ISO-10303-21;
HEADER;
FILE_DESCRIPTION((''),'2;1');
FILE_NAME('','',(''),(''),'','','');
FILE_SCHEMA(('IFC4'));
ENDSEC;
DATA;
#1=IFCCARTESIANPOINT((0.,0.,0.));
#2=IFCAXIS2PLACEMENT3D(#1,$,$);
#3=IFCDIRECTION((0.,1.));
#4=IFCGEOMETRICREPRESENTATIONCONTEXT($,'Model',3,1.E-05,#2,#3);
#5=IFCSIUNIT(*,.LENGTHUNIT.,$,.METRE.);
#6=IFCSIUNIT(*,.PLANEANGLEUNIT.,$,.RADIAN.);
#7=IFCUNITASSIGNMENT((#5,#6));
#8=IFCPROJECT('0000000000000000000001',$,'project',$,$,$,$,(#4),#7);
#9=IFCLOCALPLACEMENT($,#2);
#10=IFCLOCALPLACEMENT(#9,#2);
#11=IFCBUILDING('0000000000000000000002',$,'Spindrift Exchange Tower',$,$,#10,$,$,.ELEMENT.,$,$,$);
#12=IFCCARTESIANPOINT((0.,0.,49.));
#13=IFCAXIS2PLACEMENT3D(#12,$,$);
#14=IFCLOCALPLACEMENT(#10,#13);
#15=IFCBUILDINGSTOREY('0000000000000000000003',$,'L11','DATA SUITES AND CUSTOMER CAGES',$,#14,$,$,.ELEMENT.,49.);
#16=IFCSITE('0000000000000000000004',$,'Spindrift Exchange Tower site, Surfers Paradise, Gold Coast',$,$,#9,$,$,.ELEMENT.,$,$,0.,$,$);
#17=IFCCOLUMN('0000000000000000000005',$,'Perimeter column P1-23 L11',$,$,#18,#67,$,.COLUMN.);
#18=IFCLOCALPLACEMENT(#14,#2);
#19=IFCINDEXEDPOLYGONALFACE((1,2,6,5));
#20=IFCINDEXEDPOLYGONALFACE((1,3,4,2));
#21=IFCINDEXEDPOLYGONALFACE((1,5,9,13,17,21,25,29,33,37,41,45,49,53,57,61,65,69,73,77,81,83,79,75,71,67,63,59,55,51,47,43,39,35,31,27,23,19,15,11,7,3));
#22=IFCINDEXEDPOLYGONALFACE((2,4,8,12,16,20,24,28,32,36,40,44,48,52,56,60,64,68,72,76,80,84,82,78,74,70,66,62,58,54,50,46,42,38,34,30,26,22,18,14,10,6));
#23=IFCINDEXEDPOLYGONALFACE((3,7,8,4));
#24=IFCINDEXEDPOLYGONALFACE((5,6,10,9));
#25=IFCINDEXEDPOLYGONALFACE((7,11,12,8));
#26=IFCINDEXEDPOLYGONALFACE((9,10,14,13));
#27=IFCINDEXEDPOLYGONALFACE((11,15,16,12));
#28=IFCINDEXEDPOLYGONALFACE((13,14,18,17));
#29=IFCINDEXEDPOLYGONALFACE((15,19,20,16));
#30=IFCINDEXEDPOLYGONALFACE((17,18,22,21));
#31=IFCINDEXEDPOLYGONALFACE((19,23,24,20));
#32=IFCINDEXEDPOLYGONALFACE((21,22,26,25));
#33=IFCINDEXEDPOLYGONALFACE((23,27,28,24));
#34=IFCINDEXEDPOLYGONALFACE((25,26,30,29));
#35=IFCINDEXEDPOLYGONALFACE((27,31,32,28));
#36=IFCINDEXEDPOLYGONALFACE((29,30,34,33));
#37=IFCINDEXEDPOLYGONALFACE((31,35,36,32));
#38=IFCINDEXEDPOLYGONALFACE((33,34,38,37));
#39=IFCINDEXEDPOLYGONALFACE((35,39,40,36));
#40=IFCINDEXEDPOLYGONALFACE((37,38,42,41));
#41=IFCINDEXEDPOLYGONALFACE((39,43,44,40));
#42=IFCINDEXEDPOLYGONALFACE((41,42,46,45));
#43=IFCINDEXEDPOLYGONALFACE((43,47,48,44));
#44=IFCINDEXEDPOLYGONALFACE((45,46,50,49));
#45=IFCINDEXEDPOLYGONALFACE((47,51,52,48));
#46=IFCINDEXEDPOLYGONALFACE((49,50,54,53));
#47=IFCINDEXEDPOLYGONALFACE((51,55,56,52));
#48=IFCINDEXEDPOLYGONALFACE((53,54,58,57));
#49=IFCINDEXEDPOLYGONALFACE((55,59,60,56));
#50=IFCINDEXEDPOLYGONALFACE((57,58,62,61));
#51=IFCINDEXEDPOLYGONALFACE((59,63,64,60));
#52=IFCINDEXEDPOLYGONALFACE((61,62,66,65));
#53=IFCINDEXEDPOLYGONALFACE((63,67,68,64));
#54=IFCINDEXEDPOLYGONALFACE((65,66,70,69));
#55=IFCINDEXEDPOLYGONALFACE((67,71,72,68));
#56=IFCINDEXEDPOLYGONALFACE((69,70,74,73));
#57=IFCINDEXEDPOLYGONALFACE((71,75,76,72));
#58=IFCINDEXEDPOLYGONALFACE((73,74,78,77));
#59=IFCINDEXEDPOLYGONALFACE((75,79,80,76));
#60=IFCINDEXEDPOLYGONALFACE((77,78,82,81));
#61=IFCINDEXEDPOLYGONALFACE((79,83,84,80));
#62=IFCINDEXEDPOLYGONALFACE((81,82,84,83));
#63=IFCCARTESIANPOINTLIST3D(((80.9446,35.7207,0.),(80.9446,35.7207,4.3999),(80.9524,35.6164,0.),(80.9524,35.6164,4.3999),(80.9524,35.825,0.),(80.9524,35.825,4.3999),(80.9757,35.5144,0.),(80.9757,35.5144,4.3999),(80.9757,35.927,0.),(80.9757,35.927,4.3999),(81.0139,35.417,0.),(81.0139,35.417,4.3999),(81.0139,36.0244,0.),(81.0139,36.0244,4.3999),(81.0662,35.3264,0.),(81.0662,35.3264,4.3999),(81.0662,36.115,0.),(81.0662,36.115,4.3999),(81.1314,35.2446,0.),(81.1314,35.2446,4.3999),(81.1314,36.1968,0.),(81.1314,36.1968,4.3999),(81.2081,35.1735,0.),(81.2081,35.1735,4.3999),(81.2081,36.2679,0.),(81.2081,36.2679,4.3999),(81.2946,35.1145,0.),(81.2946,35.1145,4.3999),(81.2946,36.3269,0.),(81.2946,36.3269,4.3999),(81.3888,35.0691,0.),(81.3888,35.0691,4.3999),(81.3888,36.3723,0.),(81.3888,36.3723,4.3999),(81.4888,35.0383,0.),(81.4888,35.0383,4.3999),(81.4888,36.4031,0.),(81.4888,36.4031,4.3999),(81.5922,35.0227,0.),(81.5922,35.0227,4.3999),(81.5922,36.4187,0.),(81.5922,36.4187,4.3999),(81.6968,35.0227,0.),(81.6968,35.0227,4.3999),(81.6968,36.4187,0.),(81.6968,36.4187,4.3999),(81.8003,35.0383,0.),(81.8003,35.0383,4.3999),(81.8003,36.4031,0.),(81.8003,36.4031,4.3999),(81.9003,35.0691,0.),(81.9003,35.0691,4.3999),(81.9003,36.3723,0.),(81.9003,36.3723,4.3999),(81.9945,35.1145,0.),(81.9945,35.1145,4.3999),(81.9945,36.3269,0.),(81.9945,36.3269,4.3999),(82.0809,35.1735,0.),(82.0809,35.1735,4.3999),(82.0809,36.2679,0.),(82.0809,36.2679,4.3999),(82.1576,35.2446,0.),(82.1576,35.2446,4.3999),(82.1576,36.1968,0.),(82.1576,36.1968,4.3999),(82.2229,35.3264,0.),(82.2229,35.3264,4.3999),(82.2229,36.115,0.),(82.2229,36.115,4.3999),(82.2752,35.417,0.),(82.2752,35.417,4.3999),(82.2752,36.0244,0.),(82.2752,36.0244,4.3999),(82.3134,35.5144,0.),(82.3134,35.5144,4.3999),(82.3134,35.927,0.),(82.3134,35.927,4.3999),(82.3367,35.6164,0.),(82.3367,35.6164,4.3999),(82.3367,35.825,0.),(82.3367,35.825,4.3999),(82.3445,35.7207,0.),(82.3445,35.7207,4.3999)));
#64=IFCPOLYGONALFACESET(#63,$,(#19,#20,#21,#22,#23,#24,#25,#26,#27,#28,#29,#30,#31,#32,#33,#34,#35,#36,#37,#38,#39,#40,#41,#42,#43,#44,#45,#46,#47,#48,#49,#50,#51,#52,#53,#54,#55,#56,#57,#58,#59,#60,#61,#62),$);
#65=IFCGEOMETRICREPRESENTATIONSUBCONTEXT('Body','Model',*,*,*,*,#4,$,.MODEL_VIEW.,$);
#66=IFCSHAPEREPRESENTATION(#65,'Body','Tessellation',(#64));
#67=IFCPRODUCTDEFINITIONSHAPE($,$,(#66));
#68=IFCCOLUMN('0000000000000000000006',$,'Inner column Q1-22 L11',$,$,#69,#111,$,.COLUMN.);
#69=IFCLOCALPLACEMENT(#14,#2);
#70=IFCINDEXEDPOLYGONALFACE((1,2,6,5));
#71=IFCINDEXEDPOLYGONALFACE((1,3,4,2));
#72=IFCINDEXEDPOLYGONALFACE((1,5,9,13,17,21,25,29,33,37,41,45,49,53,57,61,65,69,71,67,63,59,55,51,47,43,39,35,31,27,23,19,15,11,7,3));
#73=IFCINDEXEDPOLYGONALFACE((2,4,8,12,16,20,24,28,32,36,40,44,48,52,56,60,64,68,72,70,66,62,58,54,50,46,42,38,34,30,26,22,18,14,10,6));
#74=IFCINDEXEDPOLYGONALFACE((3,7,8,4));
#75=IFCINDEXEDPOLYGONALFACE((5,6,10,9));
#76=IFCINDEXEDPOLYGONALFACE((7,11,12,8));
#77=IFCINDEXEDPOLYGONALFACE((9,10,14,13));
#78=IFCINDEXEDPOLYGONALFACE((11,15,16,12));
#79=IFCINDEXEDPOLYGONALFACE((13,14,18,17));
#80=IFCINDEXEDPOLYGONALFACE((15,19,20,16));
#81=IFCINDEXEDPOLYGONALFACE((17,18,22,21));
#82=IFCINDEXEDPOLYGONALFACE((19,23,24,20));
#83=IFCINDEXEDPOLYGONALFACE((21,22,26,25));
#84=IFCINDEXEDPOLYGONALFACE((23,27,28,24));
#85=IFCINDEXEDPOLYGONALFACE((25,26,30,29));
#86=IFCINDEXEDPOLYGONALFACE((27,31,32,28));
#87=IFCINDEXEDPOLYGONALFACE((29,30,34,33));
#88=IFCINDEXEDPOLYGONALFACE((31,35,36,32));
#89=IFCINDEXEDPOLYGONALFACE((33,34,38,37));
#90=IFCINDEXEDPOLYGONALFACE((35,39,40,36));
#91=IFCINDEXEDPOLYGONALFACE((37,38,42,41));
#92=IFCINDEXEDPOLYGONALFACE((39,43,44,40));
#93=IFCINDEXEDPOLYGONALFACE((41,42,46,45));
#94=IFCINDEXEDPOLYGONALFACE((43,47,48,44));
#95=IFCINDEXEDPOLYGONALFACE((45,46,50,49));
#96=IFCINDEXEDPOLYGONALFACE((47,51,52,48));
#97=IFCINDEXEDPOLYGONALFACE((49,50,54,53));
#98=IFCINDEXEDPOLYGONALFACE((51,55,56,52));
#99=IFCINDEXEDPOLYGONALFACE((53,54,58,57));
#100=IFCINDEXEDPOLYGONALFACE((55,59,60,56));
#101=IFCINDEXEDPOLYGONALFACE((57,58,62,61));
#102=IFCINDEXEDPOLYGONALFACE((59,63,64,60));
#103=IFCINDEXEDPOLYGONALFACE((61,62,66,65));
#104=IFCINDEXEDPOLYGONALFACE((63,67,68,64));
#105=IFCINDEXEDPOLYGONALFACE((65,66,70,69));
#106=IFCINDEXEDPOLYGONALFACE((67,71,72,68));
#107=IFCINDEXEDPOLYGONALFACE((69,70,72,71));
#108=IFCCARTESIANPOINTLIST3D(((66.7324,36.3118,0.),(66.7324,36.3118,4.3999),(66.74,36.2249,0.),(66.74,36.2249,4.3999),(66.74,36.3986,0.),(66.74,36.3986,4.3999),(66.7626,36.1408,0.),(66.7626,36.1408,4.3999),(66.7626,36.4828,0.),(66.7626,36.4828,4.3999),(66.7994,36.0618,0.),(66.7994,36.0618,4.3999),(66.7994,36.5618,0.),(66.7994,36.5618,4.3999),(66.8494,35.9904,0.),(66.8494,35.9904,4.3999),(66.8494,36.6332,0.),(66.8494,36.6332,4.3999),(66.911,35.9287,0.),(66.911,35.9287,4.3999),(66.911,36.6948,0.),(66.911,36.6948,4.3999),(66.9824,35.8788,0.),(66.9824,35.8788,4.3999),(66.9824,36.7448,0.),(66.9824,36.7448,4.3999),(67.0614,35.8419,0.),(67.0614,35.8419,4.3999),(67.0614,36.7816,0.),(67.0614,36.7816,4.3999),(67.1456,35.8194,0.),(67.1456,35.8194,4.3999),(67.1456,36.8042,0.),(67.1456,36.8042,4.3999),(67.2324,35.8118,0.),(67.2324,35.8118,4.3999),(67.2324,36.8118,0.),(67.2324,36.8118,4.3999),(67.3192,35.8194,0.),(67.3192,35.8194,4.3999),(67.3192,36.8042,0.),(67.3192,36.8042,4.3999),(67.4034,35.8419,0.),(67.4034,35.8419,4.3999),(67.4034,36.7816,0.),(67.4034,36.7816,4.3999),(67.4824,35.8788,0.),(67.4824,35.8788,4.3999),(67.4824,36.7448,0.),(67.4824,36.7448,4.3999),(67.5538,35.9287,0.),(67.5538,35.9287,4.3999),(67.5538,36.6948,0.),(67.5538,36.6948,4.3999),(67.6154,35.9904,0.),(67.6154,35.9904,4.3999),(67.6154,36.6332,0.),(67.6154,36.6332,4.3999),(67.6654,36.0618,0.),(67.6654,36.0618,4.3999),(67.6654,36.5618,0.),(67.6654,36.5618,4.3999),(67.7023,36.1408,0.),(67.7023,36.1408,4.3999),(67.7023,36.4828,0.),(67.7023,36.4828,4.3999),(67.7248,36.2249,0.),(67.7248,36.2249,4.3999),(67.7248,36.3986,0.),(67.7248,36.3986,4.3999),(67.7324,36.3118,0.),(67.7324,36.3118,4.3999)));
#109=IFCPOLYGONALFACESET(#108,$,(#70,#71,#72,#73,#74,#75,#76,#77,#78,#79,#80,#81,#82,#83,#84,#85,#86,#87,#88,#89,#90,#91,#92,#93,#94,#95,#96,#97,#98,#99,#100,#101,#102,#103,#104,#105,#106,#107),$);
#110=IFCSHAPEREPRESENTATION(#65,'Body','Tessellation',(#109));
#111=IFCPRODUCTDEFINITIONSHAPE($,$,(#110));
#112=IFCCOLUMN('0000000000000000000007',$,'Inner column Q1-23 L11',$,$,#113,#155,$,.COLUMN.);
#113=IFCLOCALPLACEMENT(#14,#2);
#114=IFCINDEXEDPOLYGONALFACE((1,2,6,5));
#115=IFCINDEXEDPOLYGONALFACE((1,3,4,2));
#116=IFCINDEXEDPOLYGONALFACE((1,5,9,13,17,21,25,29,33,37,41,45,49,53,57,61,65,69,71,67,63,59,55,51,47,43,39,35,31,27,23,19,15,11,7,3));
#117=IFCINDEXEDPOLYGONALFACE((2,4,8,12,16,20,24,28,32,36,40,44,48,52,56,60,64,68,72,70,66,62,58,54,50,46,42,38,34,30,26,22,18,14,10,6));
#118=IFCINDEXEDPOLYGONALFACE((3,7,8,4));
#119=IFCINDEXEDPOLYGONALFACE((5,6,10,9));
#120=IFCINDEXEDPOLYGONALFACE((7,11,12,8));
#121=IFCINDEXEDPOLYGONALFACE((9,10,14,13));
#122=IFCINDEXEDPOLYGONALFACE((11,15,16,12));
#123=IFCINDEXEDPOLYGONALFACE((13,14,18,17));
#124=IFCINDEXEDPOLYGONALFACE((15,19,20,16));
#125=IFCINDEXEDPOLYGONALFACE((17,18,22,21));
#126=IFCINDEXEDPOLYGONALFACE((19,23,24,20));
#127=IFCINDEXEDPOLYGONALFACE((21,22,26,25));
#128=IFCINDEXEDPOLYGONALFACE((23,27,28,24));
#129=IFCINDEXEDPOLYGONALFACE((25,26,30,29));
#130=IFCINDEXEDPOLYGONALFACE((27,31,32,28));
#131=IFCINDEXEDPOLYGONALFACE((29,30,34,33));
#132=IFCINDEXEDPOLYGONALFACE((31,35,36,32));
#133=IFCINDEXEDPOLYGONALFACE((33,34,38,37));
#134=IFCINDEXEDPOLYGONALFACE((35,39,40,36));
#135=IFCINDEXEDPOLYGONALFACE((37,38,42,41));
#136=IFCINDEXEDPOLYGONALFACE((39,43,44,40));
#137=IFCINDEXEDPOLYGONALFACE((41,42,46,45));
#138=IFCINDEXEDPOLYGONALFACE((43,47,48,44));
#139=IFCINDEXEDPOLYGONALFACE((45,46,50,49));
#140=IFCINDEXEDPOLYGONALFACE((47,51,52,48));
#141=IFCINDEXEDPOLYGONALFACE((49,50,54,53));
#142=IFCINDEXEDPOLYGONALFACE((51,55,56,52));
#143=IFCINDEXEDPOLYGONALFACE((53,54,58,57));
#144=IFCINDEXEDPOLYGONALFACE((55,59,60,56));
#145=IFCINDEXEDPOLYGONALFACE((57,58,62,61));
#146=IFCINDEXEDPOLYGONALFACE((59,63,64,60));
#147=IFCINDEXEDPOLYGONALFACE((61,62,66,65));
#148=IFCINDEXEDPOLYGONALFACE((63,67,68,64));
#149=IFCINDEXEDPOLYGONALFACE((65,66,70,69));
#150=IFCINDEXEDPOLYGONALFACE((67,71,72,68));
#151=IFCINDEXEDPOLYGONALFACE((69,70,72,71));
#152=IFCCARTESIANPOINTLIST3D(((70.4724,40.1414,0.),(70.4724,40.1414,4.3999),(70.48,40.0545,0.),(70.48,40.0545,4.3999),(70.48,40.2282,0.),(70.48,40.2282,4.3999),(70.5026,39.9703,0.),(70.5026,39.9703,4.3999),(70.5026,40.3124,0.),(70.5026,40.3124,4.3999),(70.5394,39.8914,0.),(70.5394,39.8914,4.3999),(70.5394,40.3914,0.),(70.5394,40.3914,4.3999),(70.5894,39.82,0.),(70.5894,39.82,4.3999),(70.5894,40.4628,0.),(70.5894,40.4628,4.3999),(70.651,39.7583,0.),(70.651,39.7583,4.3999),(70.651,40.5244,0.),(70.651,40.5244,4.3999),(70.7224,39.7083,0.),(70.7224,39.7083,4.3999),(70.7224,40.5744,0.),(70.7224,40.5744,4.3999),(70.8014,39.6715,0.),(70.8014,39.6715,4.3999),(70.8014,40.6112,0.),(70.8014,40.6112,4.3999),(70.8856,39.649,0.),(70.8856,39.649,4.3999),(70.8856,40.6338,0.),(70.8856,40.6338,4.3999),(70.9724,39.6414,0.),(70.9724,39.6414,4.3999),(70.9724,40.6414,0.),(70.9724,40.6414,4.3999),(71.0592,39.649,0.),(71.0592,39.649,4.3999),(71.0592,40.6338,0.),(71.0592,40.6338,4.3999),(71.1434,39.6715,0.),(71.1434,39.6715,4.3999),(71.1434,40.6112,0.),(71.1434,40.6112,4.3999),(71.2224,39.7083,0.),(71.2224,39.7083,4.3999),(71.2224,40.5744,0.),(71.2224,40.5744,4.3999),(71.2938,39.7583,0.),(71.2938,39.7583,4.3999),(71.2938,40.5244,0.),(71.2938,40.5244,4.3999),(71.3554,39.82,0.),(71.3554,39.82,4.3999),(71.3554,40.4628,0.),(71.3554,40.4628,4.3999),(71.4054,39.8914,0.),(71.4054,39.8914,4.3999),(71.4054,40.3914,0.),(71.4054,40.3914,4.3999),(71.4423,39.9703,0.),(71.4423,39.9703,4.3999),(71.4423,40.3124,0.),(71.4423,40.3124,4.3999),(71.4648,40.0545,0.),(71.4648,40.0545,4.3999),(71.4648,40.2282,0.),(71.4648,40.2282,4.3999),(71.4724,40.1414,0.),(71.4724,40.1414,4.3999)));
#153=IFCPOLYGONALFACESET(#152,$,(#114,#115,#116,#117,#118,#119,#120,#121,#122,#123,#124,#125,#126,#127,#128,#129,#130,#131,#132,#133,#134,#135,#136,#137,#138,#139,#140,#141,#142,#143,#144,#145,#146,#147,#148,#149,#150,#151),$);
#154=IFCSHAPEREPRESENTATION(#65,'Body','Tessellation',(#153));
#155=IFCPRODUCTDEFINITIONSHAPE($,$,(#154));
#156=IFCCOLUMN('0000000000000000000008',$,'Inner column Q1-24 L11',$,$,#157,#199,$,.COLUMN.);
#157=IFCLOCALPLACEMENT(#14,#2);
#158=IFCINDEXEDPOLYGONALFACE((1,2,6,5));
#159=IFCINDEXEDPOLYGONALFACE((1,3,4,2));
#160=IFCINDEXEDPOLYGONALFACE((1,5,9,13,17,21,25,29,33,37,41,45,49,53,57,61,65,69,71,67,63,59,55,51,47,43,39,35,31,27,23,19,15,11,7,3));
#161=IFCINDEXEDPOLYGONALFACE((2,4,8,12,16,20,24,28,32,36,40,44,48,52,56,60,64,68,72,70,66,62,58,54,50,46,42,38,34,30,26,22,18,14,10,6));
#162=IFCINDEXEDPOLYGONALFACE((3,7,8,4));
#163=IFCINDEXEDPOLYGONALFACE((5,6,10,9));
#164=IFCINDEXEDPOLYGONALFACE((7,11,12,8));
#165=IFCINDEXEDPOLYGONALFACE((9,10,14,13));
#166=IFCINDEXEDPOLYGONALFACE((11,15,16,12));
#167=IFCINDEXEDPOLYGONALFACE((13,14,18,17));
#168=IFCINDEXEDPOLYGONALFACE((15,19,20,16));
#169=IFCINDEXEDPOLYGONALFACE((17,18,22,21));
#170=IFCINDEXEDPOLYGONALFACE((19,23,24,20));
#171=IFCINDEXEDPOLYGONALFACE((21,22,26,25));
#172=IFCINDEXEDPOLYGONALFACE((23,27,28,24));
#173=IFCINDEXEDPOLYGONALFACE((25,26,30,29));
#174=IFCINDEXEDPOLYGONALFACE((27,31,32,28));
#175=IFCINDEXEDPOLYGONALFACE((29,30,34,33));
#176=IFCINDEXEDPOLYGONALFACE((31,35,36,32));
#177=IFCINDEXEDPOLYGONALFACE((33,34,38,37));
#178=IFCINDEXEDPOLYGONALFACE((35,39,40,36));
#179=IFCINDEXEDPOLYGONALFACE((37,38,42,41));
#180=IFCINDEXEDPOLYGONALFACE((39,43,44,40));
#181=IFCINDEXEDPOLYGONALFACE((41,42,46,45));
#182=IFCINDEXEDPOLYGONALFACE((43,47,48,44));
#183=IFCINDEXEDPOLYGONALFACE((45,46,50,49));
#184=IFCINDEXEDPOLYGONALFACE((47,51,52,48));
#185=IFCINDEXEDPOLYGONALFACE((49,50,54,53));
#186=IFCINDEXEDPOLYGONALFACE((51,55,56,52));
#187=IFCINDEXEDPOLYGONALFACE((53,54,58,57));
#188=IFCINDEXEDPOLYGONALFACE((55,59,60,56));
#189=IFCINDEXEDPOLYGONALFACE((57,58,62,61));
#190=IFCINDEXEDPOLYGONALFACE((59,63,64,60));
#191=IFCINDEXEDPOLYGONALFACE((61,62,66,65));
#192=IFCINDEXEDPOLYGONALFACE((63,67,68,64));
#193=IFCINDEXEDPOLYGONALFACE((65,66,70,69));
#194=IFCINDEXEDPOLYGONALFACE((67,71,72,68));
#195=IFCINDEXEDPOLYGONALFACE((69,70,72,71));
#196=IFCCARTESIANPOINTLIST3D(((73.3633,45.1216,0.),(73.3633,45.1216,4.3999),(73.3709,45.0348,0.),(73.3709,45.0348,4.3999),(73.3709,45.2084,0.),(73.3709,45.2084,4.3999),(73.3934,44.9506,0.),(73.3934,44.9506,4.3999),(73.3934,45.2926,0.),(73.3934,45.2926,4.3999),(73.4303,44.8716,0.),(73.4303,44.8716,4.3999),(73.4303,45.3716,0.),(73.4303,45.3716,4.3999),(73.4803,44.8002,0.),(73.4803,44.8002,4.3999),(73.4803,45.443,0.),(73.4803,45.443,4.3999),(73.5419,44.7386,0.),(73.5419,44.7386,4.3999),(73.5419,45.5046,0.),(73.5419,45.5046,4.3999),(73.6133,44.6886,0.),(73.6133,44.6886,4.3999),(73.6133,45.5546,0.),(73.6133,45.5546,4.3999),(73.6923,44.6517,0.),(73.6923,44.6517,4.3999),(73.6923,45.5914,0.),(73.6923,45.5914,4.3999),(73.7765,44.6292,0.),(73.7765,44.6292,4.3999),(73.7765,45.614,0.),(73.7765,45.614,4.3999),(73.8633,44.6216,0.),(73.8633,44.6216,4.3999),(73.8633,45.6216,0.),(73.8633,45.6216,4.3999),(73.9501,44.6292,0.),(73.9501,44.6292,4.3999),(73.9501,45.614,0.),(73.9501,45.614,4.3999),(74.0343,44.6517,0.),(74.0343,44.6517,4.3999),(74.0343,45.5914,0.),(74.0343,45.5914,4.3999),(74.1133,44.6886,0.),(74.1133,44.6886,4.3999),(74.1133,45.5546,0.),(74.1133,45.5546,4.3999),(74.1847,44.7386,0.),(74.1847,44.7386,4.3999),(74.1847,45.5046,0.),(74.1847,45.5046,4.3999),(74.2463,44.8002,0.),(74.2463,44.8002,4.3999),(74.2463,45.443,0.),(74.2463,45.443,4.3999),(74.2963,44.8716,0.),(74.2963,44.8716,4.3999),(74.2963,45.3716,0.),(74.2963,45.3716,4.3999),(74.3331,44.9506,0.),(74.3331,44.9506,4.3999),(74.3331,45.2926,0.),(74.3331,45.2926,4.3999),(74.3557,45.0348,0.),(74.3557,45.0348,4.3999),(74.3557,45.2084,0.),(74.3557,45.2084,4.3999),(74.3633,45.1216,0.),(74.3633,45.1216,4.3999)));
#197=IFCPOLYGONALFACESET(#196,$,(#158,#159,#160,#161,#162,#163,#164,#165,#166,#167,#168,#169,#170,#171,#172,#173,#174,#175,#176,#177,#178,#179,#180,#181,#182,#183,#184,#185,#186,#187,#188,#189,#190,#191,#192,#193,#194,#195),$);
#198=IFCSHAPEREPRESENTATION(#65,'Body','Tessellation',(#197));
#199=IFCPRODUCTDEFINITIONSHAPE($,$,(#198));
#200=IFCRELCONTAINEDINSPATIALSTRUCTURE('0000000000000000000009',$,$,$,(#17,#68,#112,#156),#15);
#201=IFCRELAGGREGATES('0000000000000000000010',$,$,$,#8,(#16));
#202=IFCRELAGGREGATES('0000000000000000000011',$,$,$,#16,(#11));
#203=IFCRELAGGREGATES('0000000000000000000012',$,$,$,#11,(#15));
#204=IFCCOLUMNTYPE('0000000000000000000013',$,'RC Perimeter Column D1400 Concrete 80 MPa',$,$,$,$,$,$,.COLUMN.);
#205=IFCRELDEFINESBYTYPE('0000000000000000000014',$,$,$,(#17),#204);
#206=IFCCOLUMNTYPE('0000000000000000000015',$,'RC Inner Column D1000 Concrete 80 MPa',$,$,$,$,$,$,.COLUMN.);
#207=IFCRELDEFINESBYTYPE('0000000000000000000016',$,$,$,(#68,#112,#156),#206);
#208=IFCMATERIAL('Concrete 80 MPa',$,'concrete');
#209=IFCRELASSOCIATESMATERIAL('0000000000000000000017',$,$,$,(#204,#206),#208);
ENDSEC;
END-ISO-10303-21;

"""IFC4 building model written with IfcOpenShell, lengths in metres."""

from ifc_helpers import new_model, si_unit, direction, frame, origin, origin_2d, place, context, subcontext, project, spatial, circle, extrude, source, transform, mapped, material, material_profile, profile_set, type_object, element, save


model = new_model("IFC4")

# Units and contexts
model_context = context("Model", 3, precision=1e-05, world=origin(), true_north=direction((0.0, 1.0)))
body_context = subcontext(model_context, "Body", "Model", "MODEL_VIEW")
ifc_project = project(units=[si_unit("LENGTHUNIT", "METRE"), si_unit("PLANEANGLEUNIT", "RADIAN")], contexts=[model_context])

# Site, building, storey
site_placement = place(None, origin())
site = spatial("IfcSite", under=ifc_project, at=site_placement, Name="Spindrift Exchange Tower site, Surfers Paradise, Gold Coast", CompositionType="ELEMENT", RefElevation=0.0)
building_placement = place(site_placement, origin())
building = spatial("IfcBuilding", under=site, at=building_placement, Name="Spindrift Exchange Tower", CompositionType="ELEMENT")
storey_placement = place(building_placement, frame((0.0, 0.0, 49.0)))
storey = spatial("IfcBuildingStorey", under=building, at=storey_placement, Name="L11", Description="DATA SUITES AND CUSTOMER CAGES", CompositionType="ELEMENT", Elevation=49.0)

# Columns
ifc_material_1 = material(Name="Concrete 80 MPa", Category="concrete")
ifc_material_profile_1 = material_profile(ifc_material_1, circle(Radius=0.7, at=origin_2d()), Name="RC D1400")
ifc_profile_set_1 = profile_set([ifc_material_profile_1], Name="Concrete 80 MPa")
column_type_1 = type_object("IfcColumnType", Name="RC Perimeter Column D1400 Concrete 80 MPa", PredefinedType="COLUMN", material=ifc_profile_set_1)
shared_shape_1 = source(origin(), body_context, "Body", "SweptSolid", [
    extrude(circle(Radius=0.7, at=origin_2d()), origin(), (0.0, 0.0, 1.0), 4.3999),
])
column_placement = place(storey_placement, frame((81.6445, 35.7207, 0.0), z_axis=(0.0, 0.0, 1.0), x_axis=(1.0, 0.0, 0.0)))
element("IfcColumn", 1, at=column_placement, inside=storey, type_object=column_type_1, Name="Perimeter column P1-23 L11", PredefinedType="COLUMN", context=body_context, shape_type="MappedRepresentation", body=[
    mapped(shared_shape_1, transform((0.0, 0.0, 0.0), scale=1.0)),
])
ifc_material_profile_2 = material_profile(ifc_material_1, circle(Radius=0.5, at=origin_2d()), Name="RC D1000")
ifc_profile_set_2 = profile_set([ifc_material_profile_2], Name="Concrete 80 MPa")
column_type_2 = type_object("IfcColumnType", Name="RC Inner Column D1000 Concrete 80 MPa", PredefinedType="COLUMN", material=ifc_profile_set_2)
shared_shape_2 = source(origin(), body_context, "Body", "SweptSolid", [
    extrude(circle(Radius=0.5, at=origin_2d()), origin(), (0.0, 0.0, 1.0), 4.3999),
])
for number, where, z_axis, x_axis, name in (
    (2, (67.2324, 36.3118, 0.0), (0.0, 0.0, 1.0), (1.0, 0.0, 0.0), "Inner column Q1-22 L11"),
    (3, (70.9724, 40.1414, 0.0), (0.0, 0.0, 1.0), (1.0, 0.0, 0.0), "Inner column Q1-23 L11"),
    (4, (73.8633, 45.1216, 0.0), (0.0, 0.0, 1.0), (1.0, 0.0, 0.0), "Inner column Q1-24 L11"),
):
    element("IfcColumn", number, at=place(storey_placement, frame(where, z_axis=z_axis, x_axis=x_axis)), inside=storey, type_object=column_type_2, Name=name, PredefinedType="COLUMN", context=body_context, shape_type="MappedRepresentation", body=[
        mapped(shared_shape_2, transform((0.0, 0.0, 0.0), scale=1.0)),
    ])

save(model, "model.ifc")
